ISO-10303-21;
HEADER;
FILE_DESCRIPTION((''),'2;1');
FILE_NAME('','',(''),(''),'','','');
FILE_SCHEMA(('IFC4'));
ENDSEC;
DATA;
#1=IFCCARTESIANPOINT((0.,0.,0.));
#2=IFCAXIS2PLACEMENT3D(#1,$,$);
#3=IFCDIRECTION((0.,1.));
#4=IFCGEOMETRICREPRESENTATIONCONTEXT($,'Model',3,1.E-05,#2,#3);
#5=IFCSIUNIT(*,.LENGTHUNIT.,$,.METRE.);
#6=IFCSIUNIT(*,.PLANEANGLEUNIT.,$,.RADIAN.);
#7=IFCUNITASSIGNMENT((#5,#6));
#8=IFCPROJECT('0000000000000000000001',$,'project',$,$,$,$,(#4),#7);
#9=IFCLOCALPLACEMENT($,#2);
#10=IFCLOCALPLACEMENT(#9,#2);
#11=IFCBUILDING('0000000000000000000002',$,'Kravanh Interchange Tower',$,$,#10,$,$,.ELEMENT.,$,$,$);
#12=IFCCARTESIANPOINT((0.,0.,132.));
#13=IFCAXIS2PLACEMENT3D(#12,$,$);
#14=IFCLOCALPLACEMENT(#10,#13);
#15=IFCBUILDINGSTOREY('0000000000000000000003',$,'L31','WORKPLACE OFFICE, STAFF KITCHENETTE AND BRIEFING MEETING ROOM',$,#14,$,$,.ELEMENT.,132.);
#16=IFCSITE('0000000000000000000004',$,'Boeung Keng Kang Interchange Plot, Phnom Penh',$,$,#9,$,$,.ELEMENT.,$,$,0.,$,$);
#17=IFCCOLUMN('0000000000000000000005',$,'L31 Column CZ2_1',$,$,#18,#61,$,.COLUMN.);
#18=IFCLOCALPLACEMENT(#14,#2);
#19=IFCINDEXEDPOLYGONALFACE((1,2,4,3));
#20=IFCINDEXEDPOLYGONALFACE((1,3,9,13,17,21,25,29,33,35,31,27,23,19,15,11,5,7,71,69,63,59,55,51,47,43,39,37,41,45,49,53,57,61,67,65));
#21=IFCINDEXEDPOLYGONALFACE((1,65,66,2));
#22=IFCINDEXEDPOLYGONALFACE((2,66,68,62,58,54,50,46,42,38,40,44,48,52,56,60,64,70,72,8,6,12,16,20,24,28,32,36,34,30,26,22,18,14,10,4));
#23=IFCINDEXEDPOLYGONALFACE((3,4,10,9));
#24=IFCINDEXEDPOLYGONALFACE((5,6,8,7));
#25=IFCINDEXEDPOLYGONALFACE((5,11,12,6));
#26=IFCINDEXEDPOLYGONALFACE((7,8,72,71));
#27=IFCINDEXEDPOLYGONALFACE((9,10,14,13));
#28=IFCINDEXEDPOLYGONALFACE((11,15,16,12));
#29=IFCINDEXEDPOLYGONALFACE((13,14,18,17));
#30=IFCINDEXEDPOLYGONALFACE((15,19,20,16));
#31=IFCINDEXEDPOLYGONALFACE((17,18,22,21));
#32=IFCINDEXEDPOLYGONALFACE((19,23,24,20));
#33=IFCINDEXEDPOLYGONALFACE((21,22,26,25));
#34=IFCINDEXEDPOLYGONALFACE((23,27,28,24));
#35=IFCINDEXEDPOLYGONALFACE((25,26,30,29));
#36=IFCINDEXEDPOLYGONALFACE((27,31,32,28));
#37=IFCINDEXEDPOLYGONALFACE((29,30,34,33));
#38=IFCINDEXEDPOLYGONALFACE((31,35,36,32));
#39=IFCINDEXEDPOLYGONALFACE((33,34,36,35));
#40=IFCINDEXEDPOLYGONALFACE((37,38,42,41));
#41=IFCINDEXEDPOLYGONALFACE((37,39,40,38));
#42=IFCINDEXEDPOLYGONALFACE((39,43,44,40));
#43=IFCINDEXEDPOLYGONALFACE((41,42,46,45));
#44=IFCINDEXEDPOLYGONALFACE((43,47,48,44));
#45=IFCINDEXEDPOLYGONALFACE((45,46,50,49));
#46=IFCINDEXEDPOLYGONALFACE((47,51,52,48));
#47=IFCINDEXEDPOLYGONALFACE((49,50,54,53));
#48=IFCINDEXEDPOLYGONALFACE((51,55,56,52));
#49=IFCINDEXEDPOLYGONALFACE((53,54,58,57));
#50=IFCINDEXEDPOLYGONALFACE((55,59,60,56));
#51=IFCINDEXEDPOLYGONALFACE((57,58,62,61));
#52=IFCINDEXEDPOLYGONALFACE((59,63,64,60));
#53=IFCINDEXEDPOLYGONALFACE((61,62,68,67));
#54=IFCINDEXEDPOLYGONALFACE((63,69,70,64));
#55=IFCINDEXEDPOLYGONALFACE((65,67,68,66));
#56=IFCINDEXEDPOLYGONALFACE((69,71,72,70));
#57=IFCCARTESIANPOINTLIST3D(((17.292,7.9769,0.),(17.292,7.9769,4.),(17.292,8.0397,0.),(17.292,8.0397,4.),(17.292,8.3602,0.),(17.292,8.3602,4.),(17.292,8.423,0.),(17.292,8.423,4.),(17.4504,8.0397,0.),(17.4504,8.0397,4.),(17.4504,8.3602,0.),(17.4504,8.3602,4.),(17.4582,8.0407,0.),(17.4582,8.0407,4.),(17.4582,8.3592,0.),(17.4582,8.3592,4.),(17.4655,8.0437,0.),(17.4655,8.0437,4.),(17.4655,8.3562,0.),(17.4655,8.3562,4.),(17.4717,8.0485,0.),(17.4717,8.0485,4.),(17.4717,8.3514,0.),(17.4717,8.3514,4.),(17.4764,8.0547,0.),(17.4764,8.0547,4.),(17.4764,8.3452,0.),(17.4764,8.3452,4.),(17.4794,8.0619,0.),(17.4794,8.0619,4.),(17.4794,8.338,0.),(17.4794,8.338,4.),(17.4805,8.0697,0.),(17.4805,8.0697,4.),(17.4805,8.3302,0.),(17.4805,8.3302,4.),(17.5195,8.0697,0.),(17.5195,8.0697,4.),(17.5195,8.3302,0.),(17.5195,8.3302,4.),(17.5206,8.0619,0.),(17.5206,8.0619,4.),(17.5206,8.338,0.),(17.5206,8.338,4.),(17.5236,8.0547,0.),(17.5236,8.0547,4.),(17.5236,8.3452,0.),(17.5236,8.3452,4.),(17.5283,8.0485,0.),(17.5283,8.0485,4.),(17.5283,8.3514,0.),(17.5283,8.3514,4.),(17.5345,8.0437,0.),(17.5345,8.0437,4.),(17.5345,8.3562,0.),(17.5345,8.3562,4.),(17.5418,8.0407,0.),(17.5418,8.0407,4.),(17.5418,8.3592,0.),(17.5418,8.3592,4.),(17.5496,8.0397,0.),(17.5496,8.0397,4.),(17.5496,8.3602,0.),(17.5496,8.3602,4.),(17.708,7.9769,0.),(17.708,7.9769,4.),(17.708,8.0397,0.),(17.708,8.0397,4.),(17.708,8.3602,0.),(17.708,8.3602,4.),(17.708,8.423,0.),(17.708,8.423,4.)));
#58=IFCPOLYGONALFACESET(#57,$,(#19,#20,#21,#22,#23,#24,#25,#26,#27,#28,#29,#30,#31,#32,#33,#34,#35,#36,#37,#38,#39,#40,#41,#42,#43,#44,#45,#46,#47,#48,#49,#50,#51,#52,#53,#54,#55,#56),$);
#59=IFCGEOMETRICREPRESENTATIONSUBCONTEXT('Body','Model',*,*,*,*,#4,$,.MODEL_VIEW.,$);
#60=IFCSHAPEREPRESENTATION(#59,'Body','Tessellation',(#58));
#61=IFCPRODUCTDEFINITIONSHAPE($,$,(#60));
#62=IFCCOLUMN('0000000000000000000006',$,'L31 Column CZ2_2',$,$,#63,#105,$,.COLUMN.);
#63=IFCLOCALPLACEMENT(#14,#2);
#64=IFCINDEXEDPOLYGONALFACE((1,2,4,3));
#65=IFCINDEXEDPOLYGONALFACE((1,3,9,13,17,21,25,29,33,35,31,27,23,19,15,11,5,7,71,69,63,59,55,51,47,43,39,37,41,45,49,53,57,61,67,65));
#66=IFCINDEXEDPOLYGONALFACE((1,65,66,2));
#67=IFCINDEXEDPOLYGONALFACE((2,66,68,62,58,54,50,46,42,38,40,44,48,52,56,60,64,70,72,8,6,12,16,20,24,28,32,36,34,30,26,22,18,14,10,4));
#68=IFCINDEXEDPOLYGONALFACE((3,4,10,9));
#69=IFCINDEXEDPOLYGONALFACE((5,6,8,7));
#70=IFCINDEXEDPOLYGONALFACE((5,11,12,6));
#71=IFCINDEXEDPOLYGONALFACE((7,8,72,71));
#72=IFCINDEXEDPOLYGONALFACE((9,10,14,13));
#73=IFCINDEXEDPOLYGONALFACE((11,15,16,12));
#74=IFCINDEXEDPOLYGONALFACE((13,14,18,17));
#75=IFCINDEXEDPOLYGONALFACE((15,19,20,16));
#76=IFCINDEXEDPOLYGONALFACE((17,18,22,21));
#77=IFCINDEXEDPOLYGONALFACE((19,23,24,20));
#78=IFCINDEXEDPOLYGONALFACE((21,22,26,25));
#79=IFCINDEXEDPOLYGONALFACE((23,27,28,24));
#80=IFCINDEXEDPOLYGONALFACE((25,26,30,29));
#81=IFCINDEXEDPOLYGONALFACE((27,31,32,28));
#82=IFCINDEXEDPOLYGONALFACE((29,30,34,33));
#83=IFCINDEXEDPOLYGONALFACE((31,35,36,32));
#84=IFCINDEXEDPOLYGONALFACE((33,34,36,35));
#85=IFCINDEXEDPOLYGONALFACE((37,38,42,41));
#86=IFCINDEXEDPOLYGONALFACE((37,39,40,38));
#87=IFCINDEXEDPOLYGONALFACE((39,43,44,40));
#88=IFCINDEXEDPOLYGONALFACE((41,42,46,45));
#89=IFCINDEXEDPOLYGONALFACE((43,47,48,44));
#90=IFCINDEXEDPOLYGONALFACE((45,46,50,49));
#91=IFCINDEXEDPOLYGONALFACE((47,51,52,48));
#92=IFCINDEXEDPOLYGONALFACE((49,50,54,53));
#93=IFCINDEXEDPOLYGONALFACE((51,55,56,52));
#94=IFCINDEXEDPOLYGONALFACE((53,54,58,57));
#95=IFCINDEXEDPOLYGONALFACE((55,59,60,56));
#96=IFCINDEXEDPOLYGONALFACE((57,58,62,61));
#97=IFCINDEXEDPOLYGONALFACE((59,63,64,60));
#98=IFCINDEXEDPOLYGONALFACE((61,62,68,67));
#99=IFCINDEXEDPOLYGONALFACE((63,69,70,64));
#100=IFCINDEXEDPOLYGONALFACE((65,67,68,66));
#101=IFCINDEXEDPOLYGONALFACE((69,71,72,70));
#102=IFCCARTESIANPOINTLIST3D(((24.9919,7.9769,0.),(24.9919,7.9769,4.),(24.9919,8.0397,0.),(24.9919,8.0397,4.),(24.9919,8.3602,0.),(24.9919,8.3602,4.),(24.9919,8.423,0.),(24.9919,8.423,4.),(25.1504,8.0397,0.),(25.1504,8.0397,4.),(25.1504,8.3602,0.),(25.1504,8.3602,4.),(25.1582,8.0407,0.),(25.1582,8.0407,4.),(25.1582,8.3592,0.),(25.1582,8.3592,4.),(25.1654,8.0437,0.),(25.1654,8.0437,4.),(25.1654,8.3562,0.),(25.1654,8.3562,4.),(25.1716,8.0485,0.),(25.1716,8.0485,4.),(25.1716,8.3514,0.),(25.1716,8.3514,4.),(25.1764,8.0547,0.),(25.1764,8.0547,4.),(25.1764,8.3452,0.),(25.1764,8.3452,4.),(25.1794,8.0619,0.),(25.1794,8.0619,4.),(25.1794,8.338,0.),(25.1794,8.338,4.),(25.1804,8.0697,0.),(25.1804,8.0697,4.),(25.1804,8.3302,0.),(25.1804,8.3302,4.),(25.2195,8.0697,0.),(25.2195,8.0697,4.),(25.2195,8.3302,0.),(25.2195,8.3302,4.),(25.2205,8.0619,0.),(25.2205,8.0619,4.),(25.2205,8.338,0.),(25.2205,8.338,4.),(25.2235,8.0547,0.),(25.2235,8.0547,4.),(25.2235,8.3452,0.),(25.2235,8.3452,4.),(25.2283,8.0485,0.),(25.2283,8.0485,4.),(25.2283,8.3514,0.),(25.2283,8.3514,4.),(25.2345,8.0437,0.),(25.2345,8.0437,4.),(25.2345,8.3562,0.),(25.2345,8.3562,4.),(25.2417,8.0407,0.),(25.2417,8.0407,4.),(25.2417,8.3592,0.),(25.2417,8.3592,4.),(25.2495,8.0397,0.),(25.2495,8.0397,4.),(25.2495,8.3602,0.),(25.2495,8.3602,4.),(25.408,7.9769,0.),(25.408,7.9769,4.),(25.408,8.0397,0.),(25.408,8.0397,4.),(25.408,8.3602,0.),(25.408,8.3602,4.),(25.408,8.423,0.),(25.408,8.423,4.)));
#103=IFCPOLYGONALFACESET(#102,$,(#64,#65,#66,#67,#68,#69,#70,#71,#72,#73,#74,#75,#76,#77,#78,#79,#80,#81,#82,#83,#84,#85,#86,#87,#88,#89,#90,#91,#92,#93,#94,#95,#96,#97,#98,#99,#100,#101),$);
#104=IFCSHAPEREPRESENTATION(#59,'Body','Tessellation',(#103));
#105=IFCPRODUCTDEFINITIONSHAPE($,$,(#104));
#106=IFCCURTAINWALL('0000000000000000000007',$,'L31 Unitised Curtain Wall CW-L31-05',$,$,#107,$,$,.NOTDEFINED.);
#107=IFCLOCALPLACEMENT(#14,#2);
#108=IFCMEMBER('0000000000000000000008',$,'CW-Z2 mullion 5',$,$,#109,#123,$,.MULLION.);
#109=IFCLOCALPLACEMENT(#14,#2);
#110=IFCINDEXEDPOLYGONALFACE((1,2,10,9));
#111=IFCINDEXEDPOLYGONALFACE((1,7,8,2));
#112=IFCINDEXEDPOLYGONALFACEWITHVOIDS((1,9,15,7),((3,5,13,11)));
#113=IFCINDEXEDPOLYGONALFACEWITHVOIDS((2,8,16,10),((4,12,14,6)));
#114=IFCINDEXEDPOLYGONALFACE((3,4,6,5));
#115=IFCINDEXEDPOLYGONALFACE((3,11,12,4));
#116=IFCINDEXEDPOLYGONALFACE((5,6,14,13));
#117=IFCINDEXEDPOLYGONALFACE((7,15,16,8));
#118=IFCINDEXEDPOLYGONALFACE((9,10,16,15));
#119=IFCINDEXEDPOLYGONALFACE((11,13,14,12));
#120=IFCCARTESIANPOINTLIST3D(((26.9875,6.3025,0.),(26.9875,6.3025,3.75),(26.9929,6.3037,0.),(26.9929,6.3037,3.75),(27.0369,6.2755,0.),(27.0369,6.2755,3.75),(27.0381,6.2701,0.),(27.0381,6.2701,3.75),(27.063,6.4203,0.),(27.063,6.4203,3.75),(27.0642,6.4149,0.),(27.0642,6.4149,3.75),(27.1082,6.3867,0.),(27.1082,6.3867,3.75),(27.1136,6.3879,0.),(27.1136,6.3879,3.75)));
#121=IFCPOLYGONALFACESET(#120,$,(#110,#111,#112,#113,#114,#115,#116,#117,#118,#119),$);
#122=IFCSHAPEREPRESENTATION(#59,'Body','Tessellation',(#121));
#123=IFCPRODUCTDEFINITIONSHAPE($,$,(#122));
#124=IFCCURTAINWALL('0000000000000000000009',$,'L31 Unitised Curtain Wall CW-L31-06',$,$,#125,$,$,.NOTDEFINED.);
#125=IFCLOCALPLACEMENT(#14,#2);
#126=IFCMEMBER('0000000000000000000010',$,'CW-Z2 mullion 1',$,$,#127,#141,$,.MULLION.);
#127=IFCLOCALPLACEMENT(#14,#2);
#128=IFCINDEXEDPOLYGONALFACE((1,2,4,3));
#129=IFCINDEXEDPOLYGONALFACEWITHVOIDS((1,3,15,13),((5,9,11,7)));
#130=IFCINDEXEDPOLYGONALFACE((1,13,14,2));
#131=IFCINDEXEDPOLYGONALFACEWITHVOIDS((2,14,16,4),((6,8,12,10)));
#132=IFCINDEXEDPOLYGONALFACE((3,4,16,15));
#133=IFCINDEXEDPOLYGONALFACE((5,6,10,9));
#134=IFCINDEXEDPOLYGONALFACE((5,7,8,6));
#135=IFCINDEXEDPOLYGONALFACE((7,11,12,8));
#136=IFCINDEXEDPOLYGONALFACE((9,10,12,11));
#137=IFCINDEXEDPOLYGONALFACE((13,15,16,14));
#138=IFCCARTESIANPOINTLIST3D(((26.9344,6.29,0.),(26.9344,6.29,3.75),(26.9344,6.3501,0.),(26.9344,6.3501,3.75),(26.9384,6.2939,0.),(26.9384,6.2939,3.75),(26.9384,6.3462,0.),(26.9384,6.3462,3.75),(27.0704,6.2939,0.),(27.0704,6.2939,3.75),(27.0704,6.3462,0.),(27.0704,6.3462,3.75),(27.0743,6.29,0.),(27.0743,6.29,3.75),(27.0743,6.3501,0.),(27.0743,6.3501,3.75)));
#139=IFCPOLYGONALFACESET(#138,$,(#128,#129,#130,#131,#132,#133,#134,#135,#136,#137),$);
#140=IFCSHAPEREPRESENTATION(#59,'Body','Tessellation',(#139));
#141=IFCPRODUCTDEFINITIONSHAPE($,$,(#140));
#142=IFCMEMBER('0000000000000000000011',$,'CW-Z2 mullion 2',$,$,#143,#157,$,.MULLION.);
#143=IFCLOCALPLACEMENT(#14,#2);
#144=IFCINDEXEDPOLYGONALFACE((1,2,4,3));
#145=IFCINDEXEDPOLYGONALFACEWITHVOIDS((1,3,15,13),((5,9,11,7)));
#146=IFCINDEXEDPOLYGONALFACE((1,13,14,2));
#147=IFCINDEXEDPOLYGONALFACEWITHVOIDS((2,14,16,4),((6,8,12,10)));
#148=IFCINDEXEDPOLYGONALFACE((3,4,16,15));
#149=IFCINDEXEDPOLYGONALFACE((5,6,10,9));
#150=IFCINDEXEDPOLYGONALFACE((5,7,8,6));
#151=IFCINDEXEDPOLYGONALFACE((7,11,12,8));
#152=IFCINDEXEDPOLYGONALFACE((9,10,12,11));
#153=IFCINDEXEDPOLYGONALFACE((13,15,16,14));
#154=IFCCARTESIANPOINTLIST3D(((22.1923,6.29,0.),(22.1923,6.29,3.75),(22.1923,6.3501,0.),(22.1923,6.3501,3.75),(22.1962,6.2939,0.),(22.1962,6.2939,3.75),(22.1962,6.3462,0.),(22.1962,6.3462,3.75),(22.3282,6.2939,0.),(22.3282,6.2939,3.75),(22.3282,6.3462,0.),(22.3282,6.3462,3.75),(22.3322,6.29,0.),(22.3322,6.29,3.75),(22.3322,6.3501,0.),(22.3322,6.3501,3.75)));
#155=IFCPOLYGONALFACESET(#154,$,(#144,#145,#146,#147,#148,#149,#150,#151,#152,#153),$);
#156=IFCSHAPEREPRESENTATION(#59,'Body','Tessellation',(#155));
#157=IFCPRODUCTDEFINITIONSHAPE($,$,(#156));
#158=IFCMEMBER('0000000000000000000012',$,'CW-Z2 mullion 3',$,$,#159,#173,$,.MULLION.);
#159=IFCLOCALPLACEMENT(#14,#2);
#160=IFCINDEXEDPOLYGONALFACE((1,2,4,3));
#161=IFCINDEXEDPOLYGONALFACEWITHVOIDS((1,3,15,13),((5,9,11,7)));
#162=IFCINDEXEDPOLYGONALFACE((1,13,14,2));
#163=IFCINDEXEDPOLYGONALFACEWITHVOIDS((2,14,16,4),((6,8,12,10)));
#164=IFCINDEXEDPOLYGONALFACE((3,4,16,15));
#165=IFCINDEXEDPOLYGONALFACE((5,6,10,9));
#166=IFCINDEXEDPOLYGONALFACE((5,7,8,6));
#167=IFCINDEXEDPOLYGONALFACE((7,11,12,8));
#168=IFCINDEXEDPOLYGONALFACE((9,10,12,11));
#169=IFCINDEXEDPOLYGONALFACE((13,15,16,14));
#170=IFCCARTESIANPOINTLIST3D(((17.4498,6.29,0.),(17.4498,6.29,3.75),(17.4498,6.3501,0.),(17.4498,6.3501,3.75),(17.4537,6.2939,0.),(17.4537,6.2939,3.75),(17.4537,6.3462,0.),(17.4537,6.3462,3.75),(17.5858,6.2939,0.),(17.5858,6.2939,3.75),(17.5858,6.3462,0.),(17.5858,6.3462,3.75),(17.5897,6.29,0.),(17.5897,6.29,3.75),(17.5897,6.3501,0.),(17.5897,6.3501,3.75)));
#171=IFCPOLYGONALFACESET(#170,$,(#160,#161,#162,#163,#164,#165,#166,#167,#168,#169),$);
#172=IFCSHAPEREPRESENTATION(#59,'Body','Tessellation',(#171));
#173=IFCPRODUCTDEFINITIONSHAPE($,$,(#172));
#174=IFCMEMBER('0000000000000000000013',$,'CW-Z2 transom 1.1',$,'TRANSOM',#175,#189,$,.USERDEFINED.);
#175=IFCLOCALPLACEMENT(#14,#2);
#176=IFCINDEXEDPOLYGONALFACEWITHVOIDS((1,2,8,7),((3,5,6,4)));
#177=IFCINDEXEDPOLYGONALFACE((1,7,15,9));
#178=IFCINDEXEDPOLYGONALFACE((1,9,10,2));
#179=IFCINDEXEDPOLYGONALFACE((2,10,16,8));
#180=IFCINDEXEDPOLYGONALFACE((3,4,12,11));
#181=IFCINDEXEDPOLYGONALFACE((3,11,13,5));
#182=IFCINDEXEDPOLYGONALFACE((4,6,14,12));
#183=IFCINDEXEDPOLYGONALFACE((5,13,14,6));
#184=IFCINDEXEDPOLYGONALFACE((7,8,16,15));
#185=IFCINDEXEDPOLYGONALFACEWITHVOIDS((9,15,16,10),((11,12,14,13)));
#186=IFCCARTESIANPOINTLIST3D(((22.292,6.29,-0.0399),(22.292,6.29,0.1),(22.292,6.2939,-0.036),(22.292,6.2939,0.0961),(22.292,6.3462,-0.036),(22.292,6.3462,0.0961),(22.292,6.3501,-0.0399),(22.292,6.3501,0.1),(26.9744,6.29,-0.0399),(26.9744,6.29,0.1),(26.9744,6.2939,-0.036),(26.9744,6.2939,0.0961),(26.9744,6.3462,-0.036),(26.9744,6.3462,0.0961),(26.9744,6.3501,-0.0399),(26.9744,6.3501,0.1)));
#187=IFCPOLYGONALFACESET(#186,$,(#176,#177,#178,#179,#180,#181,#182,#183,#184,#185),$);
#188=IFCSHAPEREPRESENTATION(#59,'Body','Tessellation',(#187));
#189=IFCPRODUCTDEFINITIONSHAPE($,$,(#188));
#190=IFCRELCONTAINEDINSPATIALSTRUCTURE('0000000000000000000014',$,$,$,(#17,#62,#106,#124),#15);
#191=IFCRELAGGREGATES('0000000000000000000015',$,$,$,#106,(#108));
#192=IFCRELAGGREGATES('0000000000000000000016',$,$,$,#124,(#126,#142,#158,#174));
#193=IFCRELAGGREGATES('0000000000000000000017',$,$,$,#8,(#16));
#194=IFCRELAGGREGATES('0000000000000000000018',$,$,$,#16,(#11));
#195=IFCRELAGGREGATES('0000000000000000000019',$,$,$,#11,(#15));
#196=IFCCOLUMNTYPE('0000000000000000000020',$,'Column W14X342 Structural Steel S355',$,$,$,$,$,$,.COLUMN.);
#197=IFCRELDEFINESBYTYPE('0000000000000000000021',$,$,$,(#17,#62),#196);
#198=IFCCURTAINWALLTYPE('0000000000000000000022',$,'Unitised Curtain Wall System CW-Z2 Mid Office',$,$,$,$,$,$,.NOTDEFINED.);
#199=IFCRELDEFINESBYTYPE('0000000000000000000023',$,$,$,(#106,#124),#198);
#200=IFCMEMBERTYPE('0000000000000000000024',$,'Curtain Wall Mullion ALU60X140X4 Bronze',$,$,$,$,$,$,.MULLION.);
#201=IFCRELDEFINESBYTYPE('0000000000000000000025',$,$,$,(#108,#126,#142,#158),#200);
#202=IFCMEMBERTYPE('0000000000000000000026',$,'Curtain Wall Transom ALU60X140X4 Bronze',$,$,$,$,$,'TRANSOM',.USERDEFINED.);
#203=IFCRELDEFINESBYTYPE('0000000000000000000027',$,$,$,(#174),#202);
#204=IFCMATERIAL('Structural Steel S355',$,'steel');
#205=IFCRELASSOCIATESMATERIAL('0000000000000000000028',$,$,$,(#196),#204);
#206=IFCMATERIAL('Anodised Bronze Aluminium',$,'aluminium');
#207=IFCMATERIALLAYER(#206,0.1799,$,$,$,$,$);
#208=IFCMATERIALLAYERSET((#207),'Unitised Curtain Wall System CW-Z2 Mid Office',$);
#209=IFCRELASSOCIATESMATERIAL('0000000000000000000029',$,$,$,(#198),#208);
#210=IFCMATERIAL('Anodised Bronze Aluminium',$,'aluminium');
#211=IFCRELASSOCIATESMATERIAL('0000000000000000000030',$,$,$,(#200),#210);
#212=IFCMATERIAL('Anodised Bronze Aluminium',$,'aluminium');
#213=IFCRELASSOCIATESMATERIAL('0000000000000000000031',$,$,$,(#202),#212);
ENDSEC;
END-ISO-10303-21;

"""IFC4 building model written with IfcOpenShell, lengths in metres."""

from ifc_helpers import new_model, si_unit, direction, frame, origin, origin_2d, place, context, subcontext, project, spatial, hollow_rectangle, i_section, extrude, material, layer, layer_set, material_profile, profile_set, type_object, element, aggregate, save


model = new_model("IFC4")

# Units and contexts
model_context = context("Model", 3, precision=1e-05, world=origin(), true_north=direction((0.0, 1.0)))
body_context = subcontext(model_context, "Body", "Model", "MODEL_VIEW")
ifc_project = project(units=[si_unit("LENGTHUNIT", "METRE"), si_unit("PLANEANGLEUNIT", "RADIAN")], contexts=[model_context])

# Site, building, storey
site_placement = place(None, origin())
site = spatial("IfcSite", under=ifc_project, at=site_placement, Name="Boeung Keng Kang Interchange Plot, Phnom Penh", CompositionType="ELEMENT", RefElevation=0.0)
building_placement = place(site_placement, origin())
building = spatial("IfcBuilding", under=site, at=building_placement, Name="Kravanh Interchange Tower", CompositionType="ELEMENT")
storey_placement = place(building_placement, frame((0.0, 0.0, 132.0)))
storey = spatial("IfcBuildingStorey", under=building, at=storey_placement, Name="L31", Description="WORKPLACE OFFICE, STAFF KITCHENETTE AND BRIEFING MEETING ROOM", CompositionType="ELEMENT", Elevation=132.0)

# Columns
ifc_material_1 = material(Name="Structural Steel S355", Category="steel")
ifc_material_profile_1 = material_profile(ifc_material_1, i_section(OverallWidth=0.416, OverallDepth=0.446, WebThickness=0.0391, FlangeThickness=0.0627, FilletRadius=0.03, at=origin_2d()), Name="W14X342")
ifc_profile_set_1 = profile_set([ifc_material_profile_1], Name="Structural Steel S355")
column_type = type_object("IfcColumnType", Name="Column W14X342 Structural Steel S355", PredefinedType="COLUMN", material=ifc_profile_set_1)
for number, where, z_axis, x_axis, name in (
    (1, (17.5, 8.2, 0.0), (0.0, 0.0, 1.0), (1.0, 0.0, 0.0), "L31 Column CZ2_1"),
    (2, (25.2, 8.2, 0.0), (0.0, 0.0, 1.0), (1.0, 0.0, 0.0), "L31 Column CZ2_2"),
):
    element("IfcColumn", number, at=place(storey_placement, frame(where, z_axis=z_axis, x_axis=x_axis)), inside=storey, type_object=column_type, Name=name, PredefinedType="COLUMN", context=body_context, shape_type="SweptSolid", body=[
        extrude(i_section(OverallWidth=0.416, OverallDepth=0.446, WebThickness=0.0391, FlangeThickness=0.0627, FilletRadius=0.03, at=origin_2d()), origin(), (0.0, 0.0, 1.0), 4.0),
    ])

# Curtain wall, member
ifc_material_2 = material(Name="Anodised Bronze Aluminium", Category="aluminium")
ifc_layer_1 = layer(ifc_material_2, 0.1799)
ifc_layer_set_1 = layer_set([ifc_layer_1], Name="Unitised Curtain Wall System CW-Z2 Mid Office")
curtain_wall_type = type_object("IfcCurtainWallType", Name="Unitised Curtain Wall System CW-Z2 Mid Office", PredefinedType="NOTDEFINED", material=ifc_layer_set_1)
curtain_wall_1_placement = place(storey_placement, origin())
curtain_wall_1 = element("IfcCurtainWall", 3, at=curtain_wall_1_placement, inside=storey, type_object=curtain_wall_type, Name="L31 Unitised Curtain Wall CW-L31-05", PredefinedType="NOTDEFINED")
ifc_material_3 = material(Name="Anodised Bronze Aluminium", Category="aluminium")
ifc_material_profile_2 = material_profile(ifc_material_3, hollow_rectangle(XDim=0.0601, YDim=0.1399, WallThickness=0.0039, at=origin_2d()), Name="ALU60X140X4")
ifc_profile_set_2 = profile_set([ifc_material_profile_2], Name="Anodised Bronze Aluminium")
member_type_1 = type_object("IfcMemberType", Name="Curtain Wall Mullion ALU60X140X4 Bronze", PredefinedType="MULLION", material=ifc_profile_set_2)
member_1_placement = place(storey_placement, frame((27.0505, 6.3452, 0.0), z_axis=(0.0, 0.0, 1.0), x_axis=(0.84188, -0.539665, 0.0)))
member_1 = element("IfcMember", 4, at=member_1_placement, type_object=member_type_1, Name="CW-Z2 mullion 5", PredefinedType="MULLION", context=body_context, shape_type="SweptSolid", body=[
    extrude(hollow_rectangle(XDim=0.0601, YDim=0.1399, WallThickness=0.0039, at=origin_2d()), origin(), (0.0, 0.0, 1.0), 3.75),
])
aggregate(curtain_wall_1, [member_1])

# Curtain wall, members
curtain_wall_2_placement = place(storey_placement, origin())
curtain_wall_2 = element("IfcCurtainWall", 5, at=curtain_wall_2_placement, inside=storey, type_object=curtain_wall_type, Name="L31 Unitised Curtain Wall CW-L31-06", PredefinedType="NOTDEFINED")
member_2_placement = place(storey_placement, frame((27.0044, 6.3201, 0.0), z_axis=(0.0, 0.0, 1.0), x_axis=(0.0, -1.0, 0.0)))
member_2 = element("IfcMember", 6, at=member_2_placement, type_object=member_type_1, Name="CW-Z2 mullion 1", PredefinedType="MULLION", context=body_context, shape_type="SweptSolid", body=[
    extrude(hollow_rectangle(XDim=0.0601, YDim=0.1399, WallThickness=0.0039, at=origin_2d()), origin(), (0.0, 0.0, 1.0), 3.75),
])
member_3_placement = place(storey_placement, frame((22.2622, 6.3201, 0.0), z_axis=(0.0, 0.0, 1.0), x_axis=(0.0, -1.0, 0.0)))
member_3 = element("IfcMember", 7, at=member_3_placement, type_object=member_type_1, Name="CW-Z2 mullion 2", PredefinedType="MULLION", context=body_context, shape_type="SweptSolid", body=[
    extrude(hollow_rectangle(XDim=0.0601, YDim=0.1399, WallThickness=0.0039, at=origin_2d()), origin(), (0.0, 0.0, 1.0), 3.75),
])
member_4_placement = place(storey_placement, frame((17.5198, 6.3201, 0.0), z_axis=(0.0, 0.0, 1.0), x_axis=(0.0, -1.0, 0.0)))
member_4 = element("IfcMember", 8, at=member_4_placement, type_object=member_type_1, Name="CW-Z2 mullion 3", PredefinedType="MULLION", context=body_context, shape_type="SweptSolid", body=[
    extrude(hollow_rectangle(XDim=0.0601, YDim=0.1399, WallThickness=0.0039, at=origin_2d()), origin(), (0.0, 0.0, 1.0), 3.75),
])
ifc_material_4 = material(Name="Anodised Bronze Aluminium", Category="aluminium")
ifc_material_profile_3 = material_profile(ifc_material_4, hollow_rectangle(XDim=0.0601, YDim=0.1399, WallThickness=0.0039, at=origin_2d()), Name="ALU60X140X4")
ifc_profile_set_3 = profile_set([ifc_material_profile_3], Name="Anodised Bronze Aluminium")
member_type_2 = type_object("IfcMemberType", Name="Curtain Wall Transom ALU60X140X4 Bronze", ElementType="TRANSOM", PredefinedType="USERDEFINED", material=ifc_profile_set_3)
member_5_placement = place(storey_placement, frame((26.9744, 6.3201, 0.03), z_axis=(-1.0, 0.0, 0.0), x_axis=(0.0, -1.0, 0.0)))
member_5 = element("IfcMember", 9, at=member_5_placement, type_object=member_type_2, Name="CW-Z2 transom 1.1", ObjectType="TRANSOM", PredefinedType="USERDEFINED", context=body_context, shape_type="SweptSolid", body=[
    extrude(hollow_rectangle(XDim=0.0601, YDim=0.1399, WallThickness=0.0039, at=origin_2d()), origin(), (0.0, 0.0, 1.0), 4.6824),
])

aggregate(curtain_wall_2, [member_2, member_3, member_4, member_5])

save(model, "model.ifc")
